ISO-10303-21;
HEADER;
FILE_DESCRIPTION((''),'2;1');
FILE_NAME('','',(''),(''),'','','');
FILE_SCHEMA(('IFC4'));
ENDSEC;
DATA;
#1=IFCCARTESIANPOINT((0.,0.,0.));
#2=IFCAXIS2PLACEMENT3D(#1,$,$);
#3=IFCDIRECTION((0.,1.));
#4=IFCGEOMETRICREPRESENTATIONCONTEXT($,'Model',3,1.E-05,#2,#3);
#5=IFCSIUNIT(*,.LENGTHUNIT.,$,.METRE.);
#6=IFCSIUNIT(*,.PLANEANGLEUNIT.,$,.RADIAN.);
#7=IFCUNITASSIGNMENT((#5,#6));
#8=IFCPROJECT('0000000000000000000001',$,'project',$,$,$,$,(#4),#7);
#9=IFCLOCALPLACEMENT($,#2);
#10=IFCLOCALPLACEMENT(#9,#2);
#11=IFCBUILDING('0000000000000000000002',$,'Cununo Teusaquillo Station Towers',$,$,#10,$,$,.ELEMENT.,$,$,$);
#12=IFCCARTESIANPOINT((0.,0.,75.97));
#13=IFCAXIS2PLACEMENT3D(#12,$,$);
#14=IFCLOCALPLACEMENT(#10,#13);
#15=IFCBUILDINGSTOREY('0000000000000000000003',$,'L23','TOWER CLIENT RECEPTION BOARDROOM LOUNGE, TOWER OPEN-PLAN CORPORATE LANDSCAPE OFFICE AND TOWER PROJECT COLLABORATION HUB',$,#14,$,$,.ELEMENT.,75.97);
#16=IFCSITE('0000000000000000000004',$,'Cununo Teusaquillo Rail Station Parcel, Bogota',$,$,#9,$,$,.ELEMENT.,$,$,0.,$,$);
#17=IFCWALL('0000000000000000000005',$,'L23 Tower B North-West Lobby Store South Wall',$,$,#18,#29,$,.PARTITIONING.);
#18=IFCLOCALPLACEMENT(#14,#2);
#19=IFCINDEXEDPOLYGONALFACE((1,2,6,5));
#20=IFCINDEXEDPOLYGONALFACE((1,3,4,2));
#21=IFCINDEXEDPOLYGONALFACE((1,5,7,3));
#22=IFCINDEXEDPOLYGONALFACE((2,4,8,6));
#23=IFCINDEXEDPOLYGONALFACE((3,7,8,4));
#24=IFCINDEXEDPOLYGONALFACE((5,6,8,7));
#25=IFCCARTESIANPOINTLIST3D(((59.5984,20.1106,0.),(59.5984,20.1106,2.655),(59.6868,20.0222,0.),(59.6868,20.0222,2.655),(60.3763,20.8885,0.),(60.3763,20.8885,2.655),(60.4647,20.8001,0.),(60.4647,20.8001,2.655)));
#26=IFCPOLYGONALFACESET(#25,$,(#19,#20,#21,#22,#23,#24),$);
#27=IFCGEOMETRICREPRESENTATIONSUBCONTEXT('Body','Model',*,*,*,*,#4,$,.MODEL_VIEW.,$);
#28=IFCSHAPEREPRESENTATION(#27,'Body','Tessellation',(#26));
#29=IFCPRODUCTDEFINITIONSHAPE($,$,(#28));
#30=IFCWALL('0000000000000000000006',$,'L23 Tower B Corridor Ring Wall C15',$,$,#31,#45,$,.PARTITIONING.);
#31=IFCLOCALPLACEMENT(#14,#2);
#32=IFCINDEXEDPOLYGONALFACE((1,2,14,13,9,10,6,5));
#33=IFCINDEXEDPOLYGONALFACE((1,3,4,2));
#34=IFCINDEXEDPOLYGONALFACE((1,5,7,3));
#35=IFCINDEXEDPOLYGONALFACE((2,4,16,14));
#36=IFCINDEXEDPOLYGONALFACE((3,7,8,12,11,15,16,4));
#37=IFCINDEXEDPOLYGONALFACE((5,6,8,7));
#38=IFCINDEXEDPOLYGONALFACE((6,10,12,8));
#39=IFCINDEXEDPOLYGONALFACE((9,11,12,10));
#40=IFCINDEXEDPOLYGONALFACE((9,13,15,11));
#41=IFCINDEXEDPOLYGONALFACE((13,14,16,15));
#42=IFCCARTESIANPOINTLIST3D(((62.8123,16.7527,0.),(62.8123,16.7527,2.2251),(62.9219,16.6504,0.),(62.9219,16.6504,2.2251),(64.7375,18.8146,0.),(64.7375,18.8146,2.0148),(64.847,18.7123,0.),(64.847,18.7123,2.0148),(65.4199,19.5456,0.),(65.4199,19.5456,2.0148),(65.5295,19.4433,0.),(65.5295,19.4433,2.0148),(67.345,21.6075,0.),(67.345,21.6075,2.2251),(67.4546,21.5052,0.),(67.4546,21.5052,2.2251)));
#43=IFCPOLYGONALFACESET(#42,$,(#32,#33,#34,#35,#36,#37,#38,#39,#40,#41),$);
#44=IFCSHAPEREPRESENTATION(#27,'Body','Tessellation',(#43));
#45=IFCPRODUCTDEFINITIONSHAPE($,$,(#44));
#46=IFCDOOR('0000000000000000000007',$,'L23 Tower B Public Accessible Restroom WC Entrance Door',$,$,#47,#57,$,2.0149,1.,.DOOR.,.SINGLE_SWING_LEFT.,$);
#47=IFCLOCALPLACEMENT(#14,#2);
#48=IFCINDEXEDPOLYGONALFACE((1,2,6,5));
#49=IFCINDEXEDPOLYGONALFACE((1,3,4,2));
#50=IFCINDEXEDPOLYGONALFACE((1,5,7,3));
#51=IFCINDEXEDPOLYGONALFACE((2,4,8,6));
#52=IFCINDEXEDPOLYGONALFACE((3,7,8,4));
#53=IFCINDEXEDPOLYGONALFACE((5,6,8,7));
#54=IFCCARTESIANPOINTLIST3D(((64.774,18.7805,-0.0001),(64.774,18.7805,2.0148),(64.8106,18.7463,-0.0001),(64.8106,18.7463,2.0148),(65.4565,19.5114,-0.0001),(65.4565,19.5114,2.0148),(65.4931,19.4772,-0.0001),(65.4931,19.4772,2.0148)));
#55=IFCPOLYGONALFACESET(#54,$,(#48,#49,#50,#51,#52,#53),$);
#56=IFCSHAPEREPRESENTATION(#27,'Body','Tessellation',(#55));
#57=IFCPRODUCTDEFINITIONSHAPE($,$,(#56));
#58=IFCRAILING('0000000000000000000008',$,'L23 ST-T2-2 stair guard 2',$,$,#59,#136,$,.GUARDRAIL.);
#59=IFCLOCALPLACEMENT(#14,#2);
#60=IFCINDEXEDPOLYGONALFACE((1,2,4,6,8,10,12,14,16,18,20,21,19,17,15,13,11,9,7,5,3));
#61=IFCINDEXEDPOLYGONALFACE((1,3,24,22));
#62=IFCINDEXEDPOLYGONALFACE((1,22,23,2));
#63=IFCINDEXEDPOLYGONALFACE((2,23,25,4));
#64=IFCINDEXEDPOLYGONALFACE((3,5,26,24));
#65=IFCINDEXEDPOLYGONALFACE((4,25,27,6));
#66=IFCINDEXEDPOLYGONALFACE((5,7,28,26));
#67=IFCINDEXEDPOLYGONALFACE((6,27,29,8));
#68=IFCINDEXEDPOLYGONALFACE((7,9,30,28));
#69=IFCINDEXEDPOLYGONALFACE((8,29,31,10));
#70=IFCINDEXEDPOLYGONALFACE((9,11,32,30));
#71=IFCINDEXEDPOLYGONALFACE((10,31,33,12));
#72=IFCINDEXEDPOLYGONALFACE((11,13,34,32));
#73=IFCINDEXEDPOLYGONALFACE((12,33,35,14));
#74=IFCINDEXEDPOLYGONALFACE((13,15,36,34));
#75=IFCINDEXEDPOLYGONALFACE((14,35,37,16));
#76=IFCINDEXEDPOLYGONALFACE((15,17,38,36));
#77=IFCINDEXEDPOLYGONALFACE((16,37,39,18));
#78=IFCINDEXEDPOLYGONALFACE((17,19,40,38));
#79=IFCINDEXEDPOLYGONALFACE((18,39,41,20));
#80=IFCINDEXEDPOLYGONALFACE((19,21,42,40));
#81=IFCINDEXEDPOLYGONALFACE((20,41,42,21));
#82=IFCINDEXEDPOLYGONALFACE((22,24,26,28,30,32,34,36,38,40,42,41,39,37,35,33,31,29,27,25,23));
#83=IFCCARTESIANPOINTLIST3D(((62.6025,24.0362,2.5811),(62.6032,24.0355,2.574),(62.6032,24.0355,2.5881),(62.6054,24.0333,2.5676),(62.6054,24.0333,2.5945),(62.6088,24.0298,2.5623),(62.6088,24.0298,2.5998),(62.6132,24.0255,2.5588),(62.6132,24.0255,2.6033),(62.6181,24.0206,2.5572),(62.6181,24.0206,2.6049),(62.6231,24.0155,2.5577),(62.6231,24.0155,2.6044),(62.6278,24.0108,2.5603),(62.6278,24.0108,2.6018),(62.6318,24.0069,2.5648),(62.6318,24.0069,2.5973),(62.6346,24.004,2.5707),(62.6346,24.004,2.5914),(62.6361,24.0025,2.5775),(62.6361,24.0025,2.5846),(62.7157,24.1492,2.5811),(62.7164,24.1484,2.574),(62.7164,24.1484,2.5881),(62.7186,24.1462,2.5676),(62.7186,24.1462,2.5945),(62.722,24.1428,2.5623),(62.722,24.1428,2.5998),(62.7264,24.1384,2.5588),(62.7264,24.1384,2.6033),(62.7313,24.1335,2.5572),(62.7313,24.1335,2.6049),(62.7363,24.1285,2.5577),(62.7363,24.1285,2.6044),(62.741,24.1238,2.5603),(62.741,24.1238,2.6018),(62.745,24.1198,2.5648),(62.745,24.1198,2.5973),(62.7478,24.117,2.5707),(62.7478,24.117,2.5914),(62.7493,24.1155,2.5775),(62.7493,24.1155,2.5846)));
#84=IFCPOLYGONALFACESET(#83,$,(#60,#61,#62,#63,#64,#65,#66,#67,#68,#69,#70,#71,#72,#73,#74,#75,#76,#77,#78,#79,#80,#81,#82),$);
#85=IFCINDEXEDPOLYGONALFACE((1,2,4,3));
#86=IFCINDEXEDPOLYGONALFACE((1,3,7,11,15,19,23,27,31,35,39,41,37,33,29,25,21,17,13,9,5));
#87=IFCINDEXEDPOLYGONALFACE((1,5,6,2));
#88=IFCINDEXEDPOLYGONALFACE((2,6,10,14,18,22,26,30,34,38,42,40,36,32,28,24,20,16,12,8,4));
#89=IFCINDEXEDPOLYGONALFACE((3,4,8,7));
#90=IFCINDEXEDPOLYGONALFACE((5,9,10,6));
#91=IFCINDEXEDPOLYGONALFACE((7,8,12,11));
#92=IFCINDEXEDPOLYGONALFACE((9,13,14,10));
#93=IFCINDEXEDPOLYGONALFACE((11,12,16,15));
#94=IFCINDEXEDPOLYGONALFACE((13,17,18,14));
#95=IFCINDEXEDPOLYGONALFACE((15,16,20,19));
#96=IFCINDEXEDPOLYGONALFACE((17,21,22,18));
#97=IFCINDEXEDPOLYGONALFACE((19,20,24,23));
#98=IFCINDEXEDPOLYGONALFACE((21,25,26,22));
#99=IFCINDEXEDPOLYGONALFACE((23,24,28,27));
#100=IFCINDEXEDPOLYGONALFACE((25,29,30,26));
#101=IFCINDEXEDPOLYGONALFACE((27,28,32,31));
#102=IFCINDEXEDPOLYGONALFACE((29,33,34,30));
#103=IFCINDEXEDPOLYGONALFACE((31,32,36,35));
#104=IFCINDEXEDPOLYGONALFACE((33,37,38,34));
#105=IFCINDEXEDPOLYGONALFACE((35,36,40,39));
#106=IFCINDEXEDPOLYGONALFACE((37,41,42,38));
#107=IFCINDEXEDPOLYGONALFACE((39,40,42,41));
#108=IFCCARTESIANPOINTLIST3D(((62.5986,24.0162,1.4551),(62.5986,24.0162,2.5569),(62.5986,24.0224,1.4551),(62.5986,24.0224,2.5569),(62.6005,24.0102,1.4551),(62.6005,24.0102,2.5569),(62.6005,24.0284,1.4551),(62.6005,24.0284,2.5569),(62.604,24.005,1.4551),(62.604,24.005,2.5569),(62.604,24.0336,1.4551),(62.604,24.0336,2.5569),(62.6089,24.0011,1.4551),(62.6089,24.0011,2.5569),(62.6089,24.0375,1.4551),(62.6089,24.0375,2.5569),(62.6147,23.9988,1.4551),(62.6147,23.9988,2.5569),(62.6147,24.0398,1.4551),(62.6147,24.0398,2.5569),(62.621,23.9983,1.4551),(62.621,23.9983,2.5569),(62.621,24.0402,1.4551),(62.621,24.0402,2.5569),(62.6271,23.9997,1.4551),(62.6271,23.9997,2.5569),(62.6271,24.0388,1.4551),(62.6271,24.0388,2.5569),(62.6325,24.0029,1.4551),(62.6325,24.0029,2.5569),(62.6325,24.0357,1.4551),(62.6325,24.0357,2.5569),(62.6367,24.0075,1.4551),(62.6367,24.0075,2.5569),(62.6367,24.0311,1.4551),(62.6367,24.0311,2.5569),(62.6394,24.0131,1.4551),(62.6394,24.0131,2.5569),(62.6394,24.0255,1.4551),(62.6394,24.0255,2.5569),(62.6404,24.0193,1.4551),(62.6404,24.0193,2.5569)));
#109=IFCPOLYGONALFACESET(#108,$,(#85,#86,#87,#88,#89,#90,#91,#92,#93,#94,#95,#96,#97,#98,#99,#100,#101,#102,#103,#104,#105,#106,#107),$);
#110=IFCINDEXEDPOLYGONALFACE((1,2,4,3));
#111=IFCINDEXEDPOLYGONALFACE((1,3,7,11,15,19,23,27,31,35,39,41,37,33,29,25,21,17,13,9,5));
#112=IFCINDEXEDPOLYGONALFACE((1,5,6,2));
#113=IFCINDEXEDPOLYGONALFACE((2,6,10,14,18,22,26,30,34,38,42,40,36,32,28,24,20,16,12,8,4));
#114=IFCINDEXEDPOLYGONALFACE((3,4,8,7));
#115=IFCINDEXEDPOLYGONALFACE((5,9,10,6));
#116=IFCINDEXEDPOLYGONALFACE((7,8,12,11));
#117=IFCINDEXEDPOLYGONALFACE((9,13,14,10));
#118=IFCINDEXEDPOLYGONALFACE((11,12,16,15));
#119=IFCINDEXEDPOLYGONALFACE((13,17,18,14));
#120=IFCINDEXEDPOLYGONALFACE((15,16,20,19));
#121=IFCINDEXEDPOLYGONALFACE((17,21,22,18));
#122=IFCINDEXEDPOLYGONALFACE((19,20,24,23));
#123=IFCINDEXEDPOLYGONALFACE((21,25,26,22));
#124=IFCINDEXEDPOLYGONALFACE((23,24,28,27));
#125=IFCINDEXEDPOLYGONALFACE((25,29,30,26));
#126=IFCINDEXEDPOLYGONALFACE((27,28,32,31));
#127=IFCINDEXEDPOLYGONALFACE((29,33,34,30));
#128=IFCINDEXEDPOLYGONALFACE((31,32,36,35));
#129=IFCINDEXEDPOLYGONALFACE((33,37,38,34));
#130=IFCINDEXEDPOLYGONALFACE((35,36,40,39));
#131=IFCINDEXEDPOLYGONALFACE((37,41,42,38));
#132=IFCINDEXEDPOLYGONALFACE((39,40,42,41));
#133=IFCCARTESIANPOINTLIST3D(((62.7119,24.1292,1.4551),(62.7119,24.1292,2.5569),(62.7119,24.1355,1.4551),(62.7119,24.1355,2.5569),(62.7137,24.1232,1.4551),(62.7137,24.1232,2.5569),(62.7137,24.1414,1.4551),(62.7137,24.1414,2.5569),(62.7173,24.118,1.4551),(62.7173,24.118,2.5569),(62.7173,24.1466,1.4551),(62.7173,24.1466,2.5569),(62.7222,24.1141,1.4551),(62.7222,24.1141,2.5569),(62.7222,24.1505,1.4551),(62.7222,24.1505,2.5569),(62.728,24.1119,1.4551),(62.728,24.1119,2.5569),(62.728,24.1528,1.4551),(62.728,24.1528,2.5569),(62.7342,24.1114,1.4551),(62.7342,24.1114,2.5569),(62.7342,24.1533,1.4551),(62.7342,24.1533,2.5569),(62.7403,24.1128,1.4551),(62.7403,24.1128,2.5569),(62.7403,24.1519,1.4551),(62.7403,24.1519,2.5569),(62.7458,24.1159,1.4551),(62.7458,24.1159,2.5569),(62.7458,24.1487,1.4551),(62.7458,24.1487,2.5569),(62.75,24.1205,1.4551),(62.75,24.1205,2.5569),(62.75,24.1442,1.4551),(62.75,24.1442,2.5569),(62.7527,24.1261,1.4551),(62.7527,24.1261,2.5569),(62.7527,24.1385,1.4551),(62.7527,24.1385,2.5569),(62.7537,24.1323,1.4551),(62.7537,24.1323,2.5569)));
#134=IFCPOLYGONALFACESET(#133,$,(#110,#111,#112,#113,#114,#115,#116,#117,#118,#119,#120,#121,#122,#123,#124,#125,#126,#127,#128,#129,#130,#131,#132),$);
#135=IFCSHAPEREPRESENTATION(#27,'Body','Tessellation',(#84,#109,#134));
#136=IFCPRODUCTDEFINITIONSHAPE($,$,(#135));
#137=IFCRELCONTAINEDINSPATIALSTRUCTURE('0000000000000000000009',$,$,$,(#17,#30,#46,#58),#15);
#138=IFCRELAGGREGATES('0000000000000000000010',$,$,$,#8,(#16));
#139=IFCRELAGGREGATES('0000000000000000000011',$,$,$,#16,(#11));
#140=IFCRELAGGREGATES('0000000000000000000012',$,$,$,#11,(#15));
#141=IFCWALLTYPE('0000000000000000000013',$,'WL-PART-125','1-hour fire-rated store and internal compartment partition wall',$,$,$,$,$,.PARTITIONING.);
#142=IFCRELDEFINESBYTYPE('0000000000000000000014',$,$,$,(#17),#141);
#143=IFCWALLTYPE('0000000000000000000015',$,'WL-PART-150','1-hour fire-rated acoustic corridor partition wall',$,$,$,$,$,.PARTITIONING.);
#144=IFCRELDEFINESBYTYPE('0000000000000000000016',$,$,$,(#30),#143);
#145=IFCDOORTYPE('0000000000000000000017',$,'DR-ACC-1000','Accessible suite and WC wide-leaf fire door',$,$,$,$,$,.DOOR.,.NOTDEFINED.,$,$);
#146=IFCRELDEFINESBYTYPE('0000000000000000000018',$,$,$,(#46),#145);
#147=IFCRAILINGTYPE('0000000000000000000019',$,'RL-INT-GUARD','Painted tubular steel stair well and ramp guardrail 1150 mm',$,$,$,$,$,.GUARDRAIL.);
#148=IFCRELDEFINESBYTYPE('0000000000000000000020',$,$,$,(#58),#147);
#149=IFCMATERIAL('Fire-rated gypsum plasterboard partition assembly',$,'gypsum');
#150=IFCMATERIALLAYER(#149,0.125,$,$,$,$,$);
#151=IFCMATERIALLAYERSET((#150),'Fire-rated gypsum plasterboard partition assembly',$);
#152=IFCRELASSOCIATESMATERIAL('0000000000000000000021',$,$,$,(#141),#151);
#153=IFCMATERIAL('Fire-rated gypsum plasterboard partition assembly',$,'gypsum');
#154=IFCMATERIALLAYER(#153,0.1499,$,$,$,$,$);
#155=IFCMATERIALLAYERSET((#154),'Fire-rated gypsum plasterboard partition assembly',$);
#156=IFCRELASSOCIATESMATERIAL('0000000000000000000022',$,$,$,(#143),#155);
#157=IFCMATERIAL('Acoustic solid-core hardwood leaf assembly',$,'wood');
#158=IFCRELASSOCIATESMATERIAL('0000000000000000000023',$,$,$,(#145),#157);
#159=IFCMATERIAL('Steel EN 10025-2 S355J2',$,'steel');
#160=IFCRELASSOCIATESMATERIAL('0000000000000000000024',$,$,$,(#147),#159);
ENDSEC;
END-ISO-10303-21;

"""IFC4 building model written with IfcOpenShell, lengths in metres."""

from ifc_helpers import new_model, si_unit, direction, frame, frame_2d, origin, origin_2d, place, context, subcontext, project, spatial, rectangle, circle, extrude, source, transform, mapped, material, layer, layer_set, type_object, element, fill, save


model = new_model("IFC4")

# Units and contexts
model_context = context("Model", 3, precision=1e-05, world=origin(), true_north=direction((0.0, 1.0)))
body_context = subcontext(model_context, "Body", "Model", "MODEL_VIEW")
ifc_project = project(units=[si_unit("LENGTHUNIT", "METRE"), si_unit("PLANEANGLEUNIT", "RADIAN")], contexts=[model_context])

# Site, building, storey
site_placement = place(None, origin())
site = spatial("IfcSite", under=ifc_project, at=site_placement, Name="Cununo Teusaquillo Rail Station Parcel, Bogota", CompositionType="ELEMENT", RefElevation=0.0)
building_placement = place(site_placement, origin())
building = spatial("IfcBuilding", under=site, at=building_placement, Name="Cununo Teusaquillo Station Towers", CompositionType="ELEMENT")
storey_placement = place(building_placement, frame((0.0, 0.0, 75.97)))
storey = spatial("IfcBuildingStorey", under=building, at=storey_placement, Name="L23", Description="TOWER CLIENT RECEPTION BOARDROOM LOUNGE, TOWER OPEN-PLAN CORPORATE LANDSCAPE OFFICE AND TOWER PROJECT COLLABORATION HUB", CompositionType="ELEMENT", Elevation=75.97)

# Shared definitions
ifc_material_1 = material(Name="Fire-rated gypsum plasterboard partition assembly", Category="gypsum")
ifc_layer_1 = layer(ifc_material_1, 0.125)
ifc_layer_set_1 = layer_set([ifc_layer_1], Name="Fire-rated gypsum plasterboard partition assembly")
wall_type_1 = type_object("IfcWallType", Name="WL-PART-125", Description="1-hour fire-rated store and internal compartment partition wall", PredefinedType="PARTITIONING", material=ifc_layer_set_1)

# Wall
wall_1_placement = place(storey_placement, frame((59.6426, 20.0664, 0.0), z_axis=(0.0, 0.0, 1.0), x_axis=(0.707107, 0.707107, 0.0)))
element("IfcWall", 1, at=wall_1_placement, inside=storey, type_object=wall_type_1, Name="L23 Tower B North-West Lobby Store South Wall", PredefinedType="PARTITIONING", context=body_context, shape_type="SweptSolid", body=[
    extrude(rectangle(XDim=1.1001, YDim=0.125, at=frame_2d((0.55, 0.0))), origin(), (0.0, 0.0, 1.0), 2.655),
])

# Wall, opening, door
ifc_material_2 = material(Name="Fire-rated gypsum plasterboard partition assembly", Category="gypsum")
ifc_layer_2 = layer(ifc_material_2, 0.1499)
ifc_layer_set_2 = layer_set([ifc_layer_2], Name="Fire-rated gypsum plasterboard partition assembly")
wall_type_2 = type_object("IfcWallType", Name="WL-PART-150", Description="1-hour fire-rated acoustic corridor partition wall", PredefinedType="PARTITIONING", material=ifc_layer_set_2)
wall_2_placement = place(storey_placement, frame((62.8672, 16.7017, 0.0), z_axis=(0.0, 0.0, 1.0), x_axis=(0.682449, 0.730933, 0.0)))
wall_2 = element("IfcWall", 2, at=wall_2_placement, inside=storey, type_object=wall_type_2, Name="L23 Tower B Corridor Ring Wall C15", PredefinedType="PARTITIONING", context=body_context, shape_type="SweptSolid", body=[
    extrude(rectangle(XDim=6.6418, YDim=0.1499, at=frame_2d((3.3208, 0.0))), origin(), (0.0, 0.0, 1.0), 2.2251),
])
shared_shape_1 = source(origin(), body_context, "Body", "SweptSolid", [
    extrude(rectangle(XDim=1.0, YDim=2.0149, at=frame_2d((0.5, 1.0073))), frame((0.0, 0.085, 0.0), z_axis=(0.0, -1.0, 0.0), x_axis=(1.0, 0.0, 0.0)), (0.0, 0.0, 1.0), 0.1699),
])
opening_1_placement = place(wall_2_placement, frame((2.8208, 0.0, 0.0)))
opening_1 = element("IfcOpeningElement", 3, at=opening_1_placement, cuts=wall_2, PredefinedType="OPENING", context=body_context, shape_type="MappedRepresentation", body=[
    mapped(shared_shape_1, transform((0.0, 0.0, 0.0), x_axis=(1.0, 0.0, 0.0), y_axis=(0.0, 1.0, 0.0), z_axis=(0.0, 0.0, 1.0), scale=1.0)),
])
ifc_material_3 = material(Name="Acoustic solid-core hardwood leaf assembly", Category="wood")
door_type_1 = type_object("IfcDoorType", Name="DR-ACC-1000", Description="Accessible suite and WC wide-leaf fire door", OperationType="NOTDEFINED", PredefinedType="DOOR", material=ifc_material_3)
shared_shape_2 = source(origin(), body_context, "Body", "SweptSolid", [
    extrude(rectangle(XDim=1.0, YDim=2.0149, at=frame_2d((0.5, 1.0073))), frame((0.0, 0.0249, 0.0), z_axis=(0.0, -1.0, 0.0), x_axis=(1.0, 0.0, 0.0)), (0.0, 0.0, 1.0), 0.05),
])
door_1_placement = place(opening_1_placement, origin())
door_1 = element("IfcDoor", 4, at=door_1_placement, inside=storey, type_object=door_type_1, Name="L23 Tower B Public Accessible Restroom WC Entrance Door", OperationType="SINGLE_SWING_LEFT", OverallHeight=2.0149, OverallWidth=1.0, PredefinedType="DOOR", context=body_context, shape_type="MappedRepresentation", body=[
    mapped(shared_shape_2, transform((0.0, 0.0, 0.0), x_axis=(1.0, 0.0, 0.0), y_axis=(0.0, 1.0, 0.0), z_axis=(0.0, 0.0, 1.0), scale=1.0)),
])
fill(opening_1, door_1)

# Railing
ifc_material_4 = material(Name="Steel EN 10025-2 S355J2", Category="steel")
railing_type = type_object("IfcRailingType", Name="RL-INT-GUARD", Description="Painted tubular steel stair well and ramp guardrail 1150 mm", PredefinedType="GUARDRAIL", material=ifc_material_4)
railing_1_placement = place(storey_placement, frame((62.6194, 24.0193, 1.4551)))
element("IfcRailing", 5, at=railing_1_placement, inside=storey, type_object=railing_type, Name="L23 ST-T2-2 stair guard 2", PredefinedType="GUARDRAIL", context=body_context, shape_type="SweptSolid", body=[
    extrude(circle(Radius=0.0239, at=origin_2d()), frame((0.0, 0.0, 1.126), z_axis=(0.707869, 0.706344, 0.0), x_axis=(-0.706344, 0.707869, 0.0)), (0.0, 0.0, 1.0), 0.1599),
    extrude(circle(Radius=0.021, at=origin_2d()), origin(), (0.0, 0.0, 1.0), 1.1018),
    extrude(circle(Radius=0.021, at=origin_2d()), frame((0.1133, 0.113, 0.0)), (0.0, 0.0, 1.0), 1.1018),
])

save(model, "model.ifc")
